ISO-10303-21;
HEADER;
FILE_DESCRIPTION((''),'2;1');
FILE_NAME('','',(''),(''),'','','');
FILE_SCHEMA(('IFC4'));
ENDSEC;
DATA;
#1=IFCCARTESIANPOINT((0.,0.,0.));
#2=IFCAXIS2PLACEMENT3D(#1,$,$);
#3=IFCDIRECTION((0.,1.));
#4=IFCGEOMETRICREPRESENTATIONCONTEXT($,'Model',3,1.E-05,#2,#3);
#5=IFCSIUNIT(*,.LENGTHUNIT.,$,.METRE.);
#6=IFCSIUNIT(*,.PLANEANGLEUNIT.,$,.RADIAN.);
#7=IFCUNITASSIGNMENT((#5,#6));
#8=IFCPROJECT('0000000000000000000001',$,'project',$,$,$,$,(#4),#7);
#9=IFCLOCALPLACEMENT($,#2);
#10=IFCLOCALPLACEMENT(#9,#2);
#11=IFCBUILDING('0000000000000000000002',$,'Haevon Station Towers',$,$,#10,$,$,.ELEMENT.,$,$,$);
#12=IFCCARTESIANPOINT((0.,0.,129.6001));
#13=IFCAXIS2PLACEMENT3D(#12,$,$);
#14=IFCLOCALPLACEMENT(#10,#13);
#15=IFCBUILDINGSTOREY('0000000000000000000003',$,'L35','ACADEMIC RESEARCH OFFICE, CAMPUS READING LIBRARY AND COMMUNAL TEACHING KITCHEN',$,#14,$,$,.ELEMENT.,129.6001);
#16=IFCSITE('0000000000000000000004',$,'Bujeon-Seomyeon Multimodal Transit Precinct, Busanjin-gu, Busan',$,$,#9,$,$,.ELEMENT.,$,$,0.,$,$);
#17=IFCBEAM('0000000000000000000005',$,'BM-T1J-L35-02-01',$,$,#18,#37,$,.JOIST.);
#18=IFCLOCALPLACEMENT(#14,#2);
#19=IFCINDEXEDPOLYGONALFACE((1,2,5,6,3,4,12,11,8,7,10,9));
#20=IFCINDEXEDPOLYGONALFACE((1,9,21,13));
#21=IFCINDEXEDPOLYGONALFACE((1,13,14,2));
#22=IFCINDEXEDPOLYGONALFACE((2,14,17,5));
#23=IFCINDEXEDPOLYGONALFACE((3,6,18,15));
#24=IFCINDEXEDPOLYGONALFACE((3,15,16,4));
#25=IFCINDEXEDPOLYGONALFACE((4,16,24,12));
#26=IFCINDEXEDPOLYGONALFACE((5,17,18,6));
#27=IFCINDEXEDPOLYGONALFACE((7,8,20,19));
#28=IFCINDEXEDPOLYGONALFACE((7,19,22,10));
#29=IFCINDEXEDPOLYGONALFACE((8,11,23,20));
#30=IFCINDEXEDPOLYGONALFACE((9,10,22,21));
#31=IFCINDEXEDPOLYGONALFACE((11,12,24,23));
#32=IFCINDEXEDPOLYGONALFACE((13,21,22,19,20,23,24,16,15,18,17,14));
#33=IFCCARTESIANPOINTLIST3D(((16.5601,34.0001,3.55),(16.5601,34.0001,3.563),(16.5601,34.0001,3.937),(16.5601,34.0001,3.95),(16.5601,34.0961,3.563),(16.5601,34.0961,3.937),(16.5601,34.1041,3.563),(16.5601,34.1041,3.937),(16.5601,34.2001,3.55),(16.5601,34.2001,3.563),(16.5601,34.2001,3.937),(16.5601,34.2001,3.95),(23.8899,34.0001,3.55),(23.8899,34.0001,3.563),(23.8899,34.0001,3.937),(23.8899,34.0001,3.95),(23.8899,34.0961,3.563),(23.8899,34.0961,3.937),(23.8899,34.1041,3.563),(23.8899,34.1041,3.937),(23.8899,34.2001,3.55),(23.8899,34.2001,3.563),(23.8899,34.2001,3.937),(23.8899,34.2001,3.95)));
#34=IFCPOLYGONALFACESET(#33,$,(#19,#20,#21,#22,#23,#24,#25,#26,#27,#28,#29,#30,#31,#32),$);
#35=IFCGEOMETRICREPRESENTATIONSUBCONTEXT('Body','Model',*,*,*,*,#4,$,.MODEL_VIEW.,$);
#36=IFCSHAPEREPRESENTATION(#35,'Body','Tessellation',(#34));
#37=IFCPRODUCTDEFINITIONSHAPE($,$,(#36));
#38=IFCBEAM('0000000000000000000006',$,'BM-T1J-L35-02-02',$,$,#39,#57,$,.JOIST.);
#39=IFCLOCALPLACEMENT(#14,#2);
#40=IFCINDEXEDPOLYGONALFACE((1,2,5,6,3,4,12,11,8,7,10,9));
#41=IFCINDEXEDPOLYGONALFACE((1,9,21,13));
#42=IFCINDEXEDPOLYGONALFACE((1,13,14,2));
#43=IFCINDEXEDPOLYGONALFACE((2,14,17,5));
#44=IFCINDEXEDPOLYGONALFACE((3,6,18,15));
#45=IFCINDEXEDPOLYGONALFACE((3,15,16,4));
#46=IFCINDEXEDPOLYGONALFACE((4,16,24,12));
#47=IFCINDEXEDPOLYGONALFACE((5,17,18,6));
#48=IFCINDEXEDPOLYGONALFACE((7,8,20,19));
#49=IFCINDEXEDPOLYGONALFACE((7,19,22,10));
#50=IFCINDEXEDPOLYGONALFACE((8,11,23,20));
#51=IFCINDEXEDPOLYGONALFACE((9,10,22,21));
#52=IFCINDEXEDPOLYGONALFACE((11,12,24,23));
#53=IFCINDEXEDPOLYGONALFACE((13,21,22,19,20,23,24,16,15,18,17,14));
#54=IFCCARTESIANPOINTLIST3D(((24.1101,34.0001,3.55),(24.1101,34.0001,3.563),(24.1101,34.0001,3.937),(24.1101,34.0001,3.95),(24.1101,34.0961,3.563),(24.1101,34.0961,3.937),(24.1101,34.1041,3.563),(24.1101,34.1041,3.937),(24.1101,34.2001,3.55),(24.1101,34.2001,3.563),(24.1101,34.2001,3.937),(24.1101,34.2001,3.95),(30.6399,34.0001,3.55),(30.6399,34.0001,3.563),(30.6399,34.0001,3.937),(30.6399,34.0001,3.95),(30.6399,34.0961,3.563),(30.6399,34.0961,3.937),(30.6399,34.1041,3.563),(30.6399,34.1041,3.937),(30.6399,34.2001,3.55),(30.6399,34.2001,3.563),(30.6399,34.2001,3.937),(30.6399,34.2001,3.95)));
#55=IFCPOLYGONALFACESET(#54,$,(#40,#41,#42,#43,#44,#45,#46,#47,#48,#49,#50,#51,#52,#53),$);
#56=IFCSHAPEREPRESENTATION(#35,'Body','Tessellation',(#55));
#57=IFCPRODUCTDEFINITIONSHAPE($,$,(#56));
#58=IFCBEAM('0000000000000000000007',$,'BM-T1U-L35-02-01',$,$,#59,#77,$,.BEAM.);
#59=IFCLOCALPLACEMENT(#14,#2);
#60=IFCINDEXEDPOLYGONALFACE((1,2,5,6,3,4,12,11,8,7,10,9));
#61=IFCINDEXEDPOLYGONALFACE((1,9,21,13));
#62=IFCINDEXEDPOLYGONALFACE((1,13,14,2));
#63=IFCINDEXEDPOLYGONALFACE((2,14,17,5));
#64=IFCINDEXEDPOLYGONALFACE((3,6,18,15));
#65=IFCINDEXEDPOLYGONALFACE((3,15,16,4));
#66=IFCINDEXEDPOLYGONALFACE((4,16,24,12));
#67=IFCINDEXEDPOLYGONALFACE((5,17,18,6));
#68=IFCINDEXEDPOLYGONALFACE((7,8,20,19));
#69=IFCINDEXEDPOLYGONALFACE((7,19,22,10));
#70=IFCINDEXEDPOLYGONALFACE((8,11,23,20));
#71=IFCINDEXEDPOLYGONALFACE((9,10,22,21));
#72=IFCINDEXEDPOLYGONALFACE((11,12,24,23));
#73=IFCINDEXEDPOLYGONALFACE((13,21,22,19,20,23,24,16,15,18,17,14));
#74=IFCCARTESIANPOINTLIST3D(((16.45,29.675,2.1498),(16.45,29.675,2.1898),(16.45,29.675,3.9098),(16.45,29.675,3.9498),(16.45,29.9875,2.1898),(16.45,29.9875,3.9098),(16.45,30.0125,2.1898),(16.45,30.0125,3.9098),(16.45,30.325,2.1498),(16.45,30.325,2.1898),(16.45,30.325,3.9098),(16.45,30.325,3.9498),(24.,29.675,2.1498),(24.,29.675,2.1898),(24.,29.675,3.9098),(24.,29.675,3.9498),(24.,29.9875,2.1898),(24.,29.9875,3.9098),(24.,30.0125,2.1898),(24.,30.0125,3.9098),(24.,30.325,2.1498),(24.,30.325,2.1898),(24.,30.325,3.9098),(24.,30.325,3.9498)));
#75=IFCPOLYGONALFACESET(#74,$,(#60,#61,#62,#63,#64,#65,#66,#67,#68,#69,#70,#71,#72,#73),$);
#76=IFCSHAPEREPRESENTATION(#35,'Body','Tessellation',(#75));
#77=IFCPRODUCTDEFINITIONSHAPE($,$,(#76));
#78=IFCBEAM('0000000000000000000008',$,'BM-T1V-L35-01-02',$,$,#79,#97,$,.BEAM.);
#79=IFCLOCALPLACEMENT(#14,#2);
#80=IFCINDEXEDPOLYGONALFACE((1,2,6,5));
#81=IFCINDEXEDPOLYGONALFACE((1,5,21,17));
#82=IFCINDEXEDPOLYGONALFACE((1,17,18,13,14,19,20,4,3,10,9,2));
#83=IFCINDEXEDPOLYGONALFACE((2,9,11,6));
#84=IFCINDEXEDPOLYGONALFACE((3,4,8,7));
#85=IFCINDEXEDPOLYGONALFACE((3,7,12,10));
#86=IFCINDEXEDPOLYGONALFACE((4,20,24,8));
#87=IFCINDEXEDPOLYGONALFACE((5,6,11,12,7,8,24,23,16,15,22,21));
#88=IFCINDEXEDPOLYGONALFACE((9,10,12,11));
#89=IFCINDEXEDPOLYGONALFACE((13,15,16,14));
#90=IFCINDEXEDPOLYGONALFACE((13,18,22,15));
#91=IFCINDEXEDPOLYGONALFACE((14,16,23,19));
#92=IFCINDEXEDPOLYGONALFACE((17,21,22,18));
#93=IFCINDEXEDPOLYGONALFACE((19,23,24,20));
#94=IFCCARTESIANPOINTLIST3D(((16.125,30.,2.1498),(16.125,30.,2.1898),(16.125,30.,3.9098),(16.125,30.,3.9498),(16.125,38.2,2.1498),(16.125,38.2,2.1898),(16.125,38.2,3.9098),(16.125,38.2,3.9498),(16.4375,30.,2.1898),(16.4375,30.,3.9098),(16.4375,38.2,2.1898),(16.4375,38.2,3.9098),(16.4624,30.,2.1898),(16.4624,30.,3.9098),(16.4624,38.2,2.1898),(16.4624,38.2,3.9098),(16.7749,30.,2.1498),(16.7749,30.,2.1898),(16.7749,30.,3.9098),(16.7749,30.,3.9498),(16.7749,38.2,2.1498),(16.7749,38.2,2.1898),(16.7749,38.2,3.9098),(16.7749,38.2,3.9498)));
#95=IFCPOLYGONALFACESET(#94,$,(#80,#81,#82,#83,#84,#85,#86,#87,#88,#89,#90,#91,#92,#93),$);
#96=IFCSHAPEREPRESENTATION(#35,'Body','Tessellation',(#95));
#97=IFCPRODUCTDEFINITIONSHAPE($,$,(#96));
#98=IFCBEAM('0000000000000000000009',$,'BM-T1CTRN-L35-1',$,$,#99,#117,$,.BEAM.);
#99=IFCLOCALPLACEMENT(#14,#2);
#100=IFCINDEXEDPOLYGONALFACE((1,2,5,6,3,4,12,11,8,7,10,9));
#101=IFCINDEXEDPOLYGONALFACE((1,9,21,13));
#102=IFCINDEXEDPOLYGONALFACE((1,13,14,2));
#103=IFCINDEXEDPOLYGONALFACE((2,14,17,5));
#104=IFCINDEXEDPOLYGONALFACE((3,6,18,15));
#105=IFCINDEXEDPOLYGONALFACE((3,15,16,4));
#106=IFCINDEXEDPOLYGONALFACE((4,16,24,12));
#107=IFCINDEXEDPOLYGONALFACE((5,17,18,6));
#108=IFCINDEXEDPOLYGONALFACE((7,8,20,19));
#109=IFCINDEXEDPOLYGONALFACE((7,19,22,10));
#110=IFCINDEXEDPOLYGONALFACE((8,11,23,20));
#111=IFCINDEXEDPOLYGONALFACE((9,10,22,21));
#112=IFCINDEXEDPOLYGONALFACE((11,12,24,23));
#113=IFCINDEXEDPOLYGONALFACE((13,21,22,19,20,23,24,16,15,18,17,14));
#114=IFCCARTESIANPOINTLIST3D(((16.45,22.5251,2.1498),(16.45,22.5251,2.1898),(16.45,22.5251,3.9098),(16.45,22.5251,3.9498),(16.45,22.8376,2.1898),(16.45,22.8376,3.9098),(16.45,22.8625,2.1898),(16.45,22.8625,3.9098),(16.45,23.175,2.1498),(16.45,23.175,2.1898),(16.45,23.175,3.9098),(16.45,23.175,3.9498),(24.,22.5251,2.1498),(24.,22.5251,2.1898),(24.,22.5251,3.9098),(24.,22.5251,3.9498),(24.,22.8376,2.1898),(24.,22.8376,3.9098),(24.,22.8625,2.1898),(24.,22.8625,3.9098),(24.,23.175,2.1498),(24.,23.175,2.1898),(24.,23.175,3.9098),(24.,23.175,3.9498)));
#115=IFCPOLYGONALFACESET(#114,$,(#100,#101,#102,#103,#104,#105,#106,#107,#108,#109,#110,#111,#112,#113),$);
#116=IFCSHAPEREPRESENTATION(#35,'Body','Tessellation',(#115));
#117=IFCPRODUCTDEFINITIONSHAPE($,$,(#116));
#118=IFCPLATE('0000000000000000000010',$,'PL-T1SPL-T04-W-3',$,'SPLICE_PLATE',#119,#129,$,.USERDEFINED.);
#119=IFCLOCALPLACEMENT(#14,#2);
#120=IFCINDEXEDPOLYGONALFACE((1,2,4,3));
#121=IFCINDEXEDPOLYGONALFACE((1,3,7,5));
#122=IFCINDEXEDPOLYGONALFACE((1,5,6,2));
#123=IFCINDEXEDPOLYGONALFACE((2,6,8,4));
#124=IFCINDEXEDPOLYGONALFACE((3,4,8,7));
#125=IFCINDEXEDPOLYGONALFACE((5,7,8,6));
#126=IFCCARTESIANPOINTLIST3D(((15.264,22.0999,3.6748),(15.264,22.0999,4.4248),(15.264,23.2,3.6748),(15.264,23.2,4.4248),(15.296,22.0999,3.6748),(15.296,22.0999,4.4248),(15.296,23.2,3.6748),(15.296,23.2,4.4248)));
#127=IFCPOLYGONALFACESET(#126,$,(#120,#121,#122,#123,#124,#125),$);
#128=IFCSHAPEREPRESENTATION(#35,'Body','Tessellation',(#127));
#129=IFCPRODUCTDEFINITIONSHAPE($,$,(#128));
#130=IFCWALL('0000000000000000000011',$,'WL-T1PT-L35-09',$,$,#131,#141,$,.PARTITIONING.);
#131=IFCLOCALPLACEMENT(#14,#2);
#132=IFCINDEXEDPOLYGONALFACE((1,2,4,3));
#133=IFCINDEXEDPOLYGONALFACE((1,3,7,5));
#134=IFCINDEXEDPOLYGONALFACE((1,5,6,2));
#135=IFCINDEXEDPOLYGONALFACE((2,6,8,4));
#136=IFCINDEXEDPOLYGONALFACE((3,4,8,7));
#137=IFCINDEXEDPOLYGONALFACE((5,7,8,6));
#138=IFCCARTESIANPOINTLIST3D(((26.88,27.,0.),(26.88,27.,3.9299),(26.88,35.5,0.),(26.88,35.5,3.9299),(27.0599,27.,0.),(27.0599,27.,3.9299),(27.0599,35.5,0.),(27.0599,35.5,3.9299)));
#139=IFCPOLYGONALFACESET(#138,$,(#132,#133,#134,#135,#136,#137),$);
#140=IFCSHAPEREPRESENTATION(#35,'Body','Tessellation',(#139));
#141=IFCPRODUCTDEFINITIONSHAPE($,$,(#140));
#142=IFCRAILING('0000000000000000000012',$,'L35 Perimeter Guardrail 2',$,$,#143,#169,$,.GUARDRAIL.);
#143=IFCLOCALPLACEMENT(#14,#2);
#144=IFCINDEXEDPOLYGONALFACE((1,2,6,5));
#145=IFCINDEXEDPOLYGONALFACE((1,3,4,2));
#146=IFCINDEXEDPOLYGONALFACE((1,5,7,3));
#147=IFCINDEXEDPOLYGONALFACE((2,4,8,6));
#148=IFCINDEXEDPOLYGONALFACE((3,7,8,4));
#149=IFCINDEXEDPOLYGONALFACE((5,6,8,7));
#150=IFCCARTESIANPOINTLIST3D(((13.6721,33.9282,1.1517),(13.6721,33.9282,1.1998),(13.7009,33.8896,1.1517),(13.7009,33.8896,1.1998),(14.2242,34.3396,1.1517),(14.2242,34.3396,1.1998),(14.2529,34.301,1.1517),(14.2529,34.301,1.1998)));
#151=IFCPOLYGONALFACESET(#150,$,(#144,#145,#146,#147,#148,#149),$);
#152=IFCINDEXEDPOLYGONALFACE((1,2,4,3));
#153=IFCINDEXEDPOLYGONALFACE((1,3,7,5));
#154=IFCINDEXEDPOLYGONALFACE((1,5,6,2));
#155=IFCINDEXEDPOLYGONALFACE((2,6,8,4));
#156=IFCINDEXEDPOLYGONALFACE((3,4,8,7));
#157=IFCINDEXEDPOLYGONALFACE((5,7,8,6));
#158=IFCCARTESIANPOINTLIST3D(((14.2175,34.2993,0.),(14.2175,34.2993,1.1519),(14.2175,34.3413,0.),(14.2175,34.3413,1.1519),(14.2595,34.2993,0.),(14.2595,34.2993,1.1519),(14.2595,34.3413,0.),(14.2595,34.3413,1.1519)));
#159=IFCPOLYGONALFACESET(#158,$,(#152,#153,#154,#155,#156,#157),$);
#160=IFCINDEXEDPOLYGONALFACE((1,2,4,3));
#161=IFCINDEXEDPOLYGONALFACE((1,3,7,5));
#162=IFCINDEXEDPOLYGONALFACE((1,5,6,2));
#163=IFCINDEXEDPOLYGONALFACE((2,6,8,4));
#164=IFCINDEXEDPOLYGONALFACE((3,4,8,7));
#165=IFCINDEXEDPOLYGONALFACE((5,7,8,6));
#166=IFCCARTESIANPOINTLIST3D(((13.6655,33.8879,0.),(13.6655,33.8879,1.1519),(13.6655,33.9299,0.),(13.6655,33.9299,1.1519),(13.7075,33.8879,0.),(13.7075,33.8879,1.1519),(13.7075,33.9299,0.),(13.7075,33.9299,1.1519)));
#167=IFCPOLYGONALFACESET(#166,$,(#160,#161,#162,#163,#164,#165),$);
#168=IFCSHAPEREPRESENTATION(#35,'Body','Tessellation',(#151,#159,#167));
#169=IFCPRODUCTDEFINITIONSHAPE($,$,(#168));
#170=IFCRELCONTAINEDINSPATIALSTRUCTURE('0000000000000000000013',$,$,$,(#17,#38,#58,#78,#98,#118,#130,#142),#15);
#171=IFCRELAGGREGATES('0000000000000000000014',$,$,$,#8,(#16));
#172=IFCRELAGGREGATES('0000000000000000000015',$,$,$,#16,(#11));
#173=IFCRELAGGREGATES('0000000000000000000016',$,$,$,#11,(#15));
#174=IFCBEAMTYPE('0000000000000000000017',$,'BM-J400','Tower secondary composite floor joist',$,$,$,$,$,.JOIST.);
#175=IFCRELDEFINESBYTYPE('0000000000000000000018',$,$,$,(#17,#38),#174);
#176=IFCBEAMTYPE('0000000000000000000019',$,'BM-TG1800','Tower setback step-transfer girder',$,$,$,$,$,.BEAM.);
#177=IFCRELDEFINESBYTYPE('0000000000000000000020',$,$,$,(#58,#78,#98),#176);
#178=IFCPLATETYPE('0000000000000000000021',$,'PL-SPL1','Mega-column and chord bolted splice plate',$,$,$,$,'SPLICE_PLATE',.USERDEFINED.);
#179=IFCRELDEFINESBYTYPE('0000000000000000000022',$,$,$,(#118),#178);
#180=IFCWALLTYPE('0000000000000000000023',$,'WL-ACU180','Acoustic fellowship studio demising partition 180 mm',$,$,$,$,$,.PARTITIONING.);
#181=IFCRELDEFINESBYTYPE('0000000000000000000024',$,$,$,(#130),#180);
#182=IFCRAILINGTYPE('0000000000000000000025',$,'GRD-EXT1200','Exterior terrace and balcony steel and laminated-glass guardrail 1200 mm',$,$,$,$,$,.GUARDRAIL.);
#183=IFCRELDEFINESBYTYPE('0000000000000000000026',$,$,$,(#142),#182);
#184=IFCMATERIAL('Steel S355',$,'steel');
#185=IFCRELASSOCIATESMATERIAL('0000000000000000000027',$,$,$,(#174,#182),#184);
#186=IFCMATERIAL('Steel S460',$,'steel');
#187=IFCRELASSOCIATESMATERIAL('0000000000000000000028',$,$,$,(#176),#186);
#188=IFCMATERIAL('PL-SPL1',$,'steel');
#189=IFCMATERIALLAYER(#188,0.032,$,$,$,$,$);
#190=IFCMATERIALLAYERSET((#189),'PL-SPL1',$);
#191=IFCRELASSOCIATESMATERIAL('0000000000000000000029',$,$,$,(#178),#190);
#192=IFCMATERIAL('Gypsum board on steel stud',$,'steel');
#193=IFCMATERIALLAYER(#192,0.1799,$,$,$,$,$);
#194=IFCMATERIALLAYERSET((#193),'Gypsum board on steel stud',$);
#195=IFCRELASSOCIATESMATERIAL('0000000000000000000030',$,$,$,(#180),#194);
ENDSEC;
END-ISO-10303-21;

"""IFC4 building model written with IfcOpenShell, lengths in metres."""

from ifc_helpers import new_model, si_unit, direction, frame, frame_2d, origin, origin_2d, place, context, subcontext, project, spatial, rectangle, i_section, extrude, material, layer, layer_set, material_profile, profile_set, type_object, element, save


model = new_model("IFC4")

# Units and contexts
model_context = context("Model", 3, precision=1e-05, world=origin(), true_north=direction((0.0, 1.0)))
body_context = subcontext(model_context, "Body", "Model", "MODEL_VIEW")
ifc_project = project(units=[si_unit("LENGTHUNIT", "METRE"), si_unit("PLANEANGLEUNIT", "RADIAN")], contexts=[model_context])

# Site, building, storey
site_placement = place(None, origin())
site = spatial("IfcSite", under=ifc_project, at=site_placement, Name="Bujeon-Seomyeon Multimodal Transit Precinct, Busanjin-gu, Busan", CompositionType="ELEMENT", RefElevation=0.0)
building_placement = place(site_placement, origin())
building = spatial("IfcBuilding", under=site, at=building_placement, Name="Haevon Station Towers", CompositionType="ELEMENT")
storey_placement = place(building_placement, frame((0.0, 0.0, 129.6001)))
storey = spatial("IfcBuildingStorey", under=building, at=storey_placement, Name="L35", Description="ACADEMIC RESEARCH OFFICE, CAMPUS READING LIBRARY AND COMMUNAL TEACHING KITCHEN", CompositionType="ELEMENT", Elevation=129.6001)

# Shared definitions
ifc_material_1 = material(Name="Steel S460", Category="steel")

# Beams
ifc_material_2 = material(Name="Steel S355", Category="steel")
ifc_material_profile_1 = material_profile(ifc_material_2, i_section(OverallWidth=0.2, OverallDepth=0.3999, WebThickness=0.0081, FlangeThickness=0.0129, at=origin_2d()), Name="H-400x200x8x13")
ifc_profile_set_1 = profile_set([ifc_material_profile_1], Name="Steel S355")
beam_type_1 = type_object("IfcBeamType", Name="BM-J400", Description="Tower secondary composite floor joist", PredefinedType="JOIST", material=ifc_profile_set_1)
beam_1_placement = place(storey_placement, frame((16.5601, 34.1001, 3.75), z_axis=(1.0, 0.0, 0.0), x_axis=(0.0, 1.0, 0.0)))
element("IfcBeam", 1, at=beam_1_placement, inside=storey, type_object=beam_type_1, Name="BM-T1J-L35-02-01", PredefinedType="JOIST", context=body_context, shape_type="SweptSolid", body=[
    extrude(i_section(OverallWidth=0.2, OverallDepth=0.3999, WebThickness=0.0081, FlangeThickness=0.0129, at=origin_2d()), origin(), (0.0, 0.0, 1.0), 7.3298),
])
beam_2_placement = place(storey_placement, frame((24.1101, 34.1001, 3.75), z_axis=(1.0, 0.0, 0.0), x_axis=(0.0, 1.0, 0.0)))
element("IfcBeam", 2, at=beam_2_placement, inside=storey, type_object=beam_type_1, Name="BM-T1J-L35-02-02", PredefinedType="JOIST", context=body_context, shape_type="SweptSolid", body=[
    extrude(i_section(OverallWidth=0.2, OverallDepth=0.3999, WebThickness=0.0081, FlangeThickness=0.0129, at=origin_2d()), origin(), (0.0, 0.0, 1.0), 6.5298),
])
ifc_material_profile_2 = material_profile(ifc_material_1, i_section(OverallWidth=0.6499, OverallDepth=1.8, WebThickness=0.0249, FlangeThickness=0.04, at=origin_2d()), Name="H-1800x650x25x40")
ifc_profile_set_2 = profile_set([ifc_material_profile_2], Name="Steel S460")
beam_type_2 = type_object("IfcBeamType", Name="BM-TG1800", Description="Tower setback step-transfer girder", PredefinedType="BEAM", material=ifc_profile_set_2)
beam_3_placement = place(storey_placement, frame((16.45, 30.0, 3.0498), z_axis=(1.0, 0.0, 0.0), x_axis=(0.0, 1.0, 0.0)))
element("IfcBeam", 3, at=beam_3_placement, inside=storey, type_object=beam_type_2, Name="BM-T1U-L35-02-01", PredefinedType="BEAM", context=body_context, shape_type="SweptSolid", body=[
    extrude(i_section(OverallWidth=0.6499, OverallDepth=1.8, WebThickness=0.0249, FlangeThickness=0.04, at=origin_2d()), origin(), (0.0, 0.0, 1.0), 7.55),
])
beam_4_placement = place(storey_placement, frame((16.45, 30.0, 3.0498), z_axis=(0.0, 1.0, 0.0), x_axis=(-1.0, 0.0, 0.0)))
element("IfcBeam", 4, at=beam_4_placement, inside=storey, type_object=beam_type_2, Name="BM-T1V-L35-01-02", PredefinedType="BEAM", context=body_context, shape_type="SweptSolid", body=[
    extrude(i_section(OverallWidth=0.6499, OverallDepth=1.8, WebThickness=0.0249, FlangeThickness=0.04, at=origin_2d()), origin(), (0.0, 0.0, 1.0), 8.2),
])
beam_5_placement = place(storey_placement, frame((16.45, 22.8501, 3.0498), z_axis=(1.0, 0.0, 0.0), x_axis=(0.0, 1.0, 0.0)))
element("IfcBeam", 5, at=beam_5_placement, inside=storey, type_object=beam_type_2, Name="BM-T1CTRN-L35-1", PredefinedType="BEAM", context=body_context, shape_type="SweptSolid", body=[
    extrude(i_section(OverallWidth=0.6499, OverallDepth=1.8, WebThickness=0.0249, FlangeThickness=0.04, at=origin_2d()), origin(), (0.0, 0.0, 1.0), 7.55),
])

# Plate
ifc_material_3 = material(Name="PL-SPL1", Category="steel")
ifc_layer_1 = layer(ifc_material_3, 0.032)
ifc_layer_set_1 = layer_set([ifc_layer_1], Name="PL-SPL1")
plate_type = type_object("IfcPlateType", Name="PL-SPL1", Description="Mega-column and chord bolted splice plate", ElementType="SPLICE_PLATE", PredefinedType="USERDEFINED", material=ifc_layer_set_1)
plate_placement = place(storey_placement, frame((15.28, 22.6499, 3.6748), z_axis=(0.0, 0.0, 1.0), x_axis=(0.0, 1.0, 0.0)))
element("IfcPlate", 6, at=plate_placement, inside=storey, type_object=plate_type, Name="PL-T1SPL-T04-W-3", ObjectType="SPLICE_PLATE", PredefinedType="USERDEFINED", context=body_context, shape_type="SweptSolid", body=[
    extrude(rectangle(XDim=1.1001, YDim=0.032, at=origin_2d()), origin(), (0.0, 0.0, 1.0), 0.75),
])

# Wall
ifc_material_4 = material(Name="Gypsum board on steel stud", Category="steel")
ifc_layer_2 = layer(ifc_material_4, 0.1799)
ifc_layer_set_2 = layer_set([ifc_layer_2], Name="Gypsum board on steel stud")
wall_type = type_object("IfcWallType", Name="WL-ACU180", Description="Acoustic fellowship studio demising partition 180 mm", PredefinedType="PARTITIONING", material=ifc_layer_set_2)
wall_placement = place(storey_placement, frame((26.97, 27.0, 0.0), z_axis=(0.0, 0.0, 1.0), x_axis=(0.0, 1.0, 0.0)))
element("IfcWall", 7, at=wall_placement, inside=storey, type_object=wall_type, Name="WL-T1PT-L35-09", PredefinedType="PARTITIONING", context=body_context, shape_type="SweptSolid", body=[
    extrude(rectangle(XDim=8.5, YDim=0.1799, at=frame_2d((4.25, 0.0))), origin(), (0.0, 0.0, 1.0), 3.9299),
])

# Railing
railing_type = type_object("IfcRailingType", Name="GRD-EXT1200", Description="Exterior terrace and balcony steel and laminated-glass guardrail 1200 mm", PredefinedType="GUARDRAIL", material=ifc_material_2)
railing_1_placement = place(storey_placement, frame((14.2385, 34.3203, 0.0)))
element("IfcRailing", 8, at=railing_1_placement, inside=storey, type_object=railing_type, Name="L35 Perimeter Guardrail 2", PredefinedType="GUARDRAIL", context=body_context, shape_type="SweptSolid", body=[
    extrude(rectangle(XDim=0.0481, YDim=0.0481, at=origin_2d()), frame((0.0, 0.0, 1.1758), z_axis=(-0.801826, -0.597557, 0.0), x_axis=(0.597557, -0.801826, 0.0)), (0.0, 0.0, 1.0), 0.6885),
    extrude(rectangle(XDim=0.042, YDim=0.042, at=origin_2d()), origin(), (0.0, 0.0, 1.0), 1.1519),
    extrude(rectangle(XDim=0.042, YDim=0.042, at=origin_2d()), frame((-0.552, -0.4114, 0.0)), (0.0, 0.0, 1.0), 1.1519),
])

save(model, "model.ifc")
